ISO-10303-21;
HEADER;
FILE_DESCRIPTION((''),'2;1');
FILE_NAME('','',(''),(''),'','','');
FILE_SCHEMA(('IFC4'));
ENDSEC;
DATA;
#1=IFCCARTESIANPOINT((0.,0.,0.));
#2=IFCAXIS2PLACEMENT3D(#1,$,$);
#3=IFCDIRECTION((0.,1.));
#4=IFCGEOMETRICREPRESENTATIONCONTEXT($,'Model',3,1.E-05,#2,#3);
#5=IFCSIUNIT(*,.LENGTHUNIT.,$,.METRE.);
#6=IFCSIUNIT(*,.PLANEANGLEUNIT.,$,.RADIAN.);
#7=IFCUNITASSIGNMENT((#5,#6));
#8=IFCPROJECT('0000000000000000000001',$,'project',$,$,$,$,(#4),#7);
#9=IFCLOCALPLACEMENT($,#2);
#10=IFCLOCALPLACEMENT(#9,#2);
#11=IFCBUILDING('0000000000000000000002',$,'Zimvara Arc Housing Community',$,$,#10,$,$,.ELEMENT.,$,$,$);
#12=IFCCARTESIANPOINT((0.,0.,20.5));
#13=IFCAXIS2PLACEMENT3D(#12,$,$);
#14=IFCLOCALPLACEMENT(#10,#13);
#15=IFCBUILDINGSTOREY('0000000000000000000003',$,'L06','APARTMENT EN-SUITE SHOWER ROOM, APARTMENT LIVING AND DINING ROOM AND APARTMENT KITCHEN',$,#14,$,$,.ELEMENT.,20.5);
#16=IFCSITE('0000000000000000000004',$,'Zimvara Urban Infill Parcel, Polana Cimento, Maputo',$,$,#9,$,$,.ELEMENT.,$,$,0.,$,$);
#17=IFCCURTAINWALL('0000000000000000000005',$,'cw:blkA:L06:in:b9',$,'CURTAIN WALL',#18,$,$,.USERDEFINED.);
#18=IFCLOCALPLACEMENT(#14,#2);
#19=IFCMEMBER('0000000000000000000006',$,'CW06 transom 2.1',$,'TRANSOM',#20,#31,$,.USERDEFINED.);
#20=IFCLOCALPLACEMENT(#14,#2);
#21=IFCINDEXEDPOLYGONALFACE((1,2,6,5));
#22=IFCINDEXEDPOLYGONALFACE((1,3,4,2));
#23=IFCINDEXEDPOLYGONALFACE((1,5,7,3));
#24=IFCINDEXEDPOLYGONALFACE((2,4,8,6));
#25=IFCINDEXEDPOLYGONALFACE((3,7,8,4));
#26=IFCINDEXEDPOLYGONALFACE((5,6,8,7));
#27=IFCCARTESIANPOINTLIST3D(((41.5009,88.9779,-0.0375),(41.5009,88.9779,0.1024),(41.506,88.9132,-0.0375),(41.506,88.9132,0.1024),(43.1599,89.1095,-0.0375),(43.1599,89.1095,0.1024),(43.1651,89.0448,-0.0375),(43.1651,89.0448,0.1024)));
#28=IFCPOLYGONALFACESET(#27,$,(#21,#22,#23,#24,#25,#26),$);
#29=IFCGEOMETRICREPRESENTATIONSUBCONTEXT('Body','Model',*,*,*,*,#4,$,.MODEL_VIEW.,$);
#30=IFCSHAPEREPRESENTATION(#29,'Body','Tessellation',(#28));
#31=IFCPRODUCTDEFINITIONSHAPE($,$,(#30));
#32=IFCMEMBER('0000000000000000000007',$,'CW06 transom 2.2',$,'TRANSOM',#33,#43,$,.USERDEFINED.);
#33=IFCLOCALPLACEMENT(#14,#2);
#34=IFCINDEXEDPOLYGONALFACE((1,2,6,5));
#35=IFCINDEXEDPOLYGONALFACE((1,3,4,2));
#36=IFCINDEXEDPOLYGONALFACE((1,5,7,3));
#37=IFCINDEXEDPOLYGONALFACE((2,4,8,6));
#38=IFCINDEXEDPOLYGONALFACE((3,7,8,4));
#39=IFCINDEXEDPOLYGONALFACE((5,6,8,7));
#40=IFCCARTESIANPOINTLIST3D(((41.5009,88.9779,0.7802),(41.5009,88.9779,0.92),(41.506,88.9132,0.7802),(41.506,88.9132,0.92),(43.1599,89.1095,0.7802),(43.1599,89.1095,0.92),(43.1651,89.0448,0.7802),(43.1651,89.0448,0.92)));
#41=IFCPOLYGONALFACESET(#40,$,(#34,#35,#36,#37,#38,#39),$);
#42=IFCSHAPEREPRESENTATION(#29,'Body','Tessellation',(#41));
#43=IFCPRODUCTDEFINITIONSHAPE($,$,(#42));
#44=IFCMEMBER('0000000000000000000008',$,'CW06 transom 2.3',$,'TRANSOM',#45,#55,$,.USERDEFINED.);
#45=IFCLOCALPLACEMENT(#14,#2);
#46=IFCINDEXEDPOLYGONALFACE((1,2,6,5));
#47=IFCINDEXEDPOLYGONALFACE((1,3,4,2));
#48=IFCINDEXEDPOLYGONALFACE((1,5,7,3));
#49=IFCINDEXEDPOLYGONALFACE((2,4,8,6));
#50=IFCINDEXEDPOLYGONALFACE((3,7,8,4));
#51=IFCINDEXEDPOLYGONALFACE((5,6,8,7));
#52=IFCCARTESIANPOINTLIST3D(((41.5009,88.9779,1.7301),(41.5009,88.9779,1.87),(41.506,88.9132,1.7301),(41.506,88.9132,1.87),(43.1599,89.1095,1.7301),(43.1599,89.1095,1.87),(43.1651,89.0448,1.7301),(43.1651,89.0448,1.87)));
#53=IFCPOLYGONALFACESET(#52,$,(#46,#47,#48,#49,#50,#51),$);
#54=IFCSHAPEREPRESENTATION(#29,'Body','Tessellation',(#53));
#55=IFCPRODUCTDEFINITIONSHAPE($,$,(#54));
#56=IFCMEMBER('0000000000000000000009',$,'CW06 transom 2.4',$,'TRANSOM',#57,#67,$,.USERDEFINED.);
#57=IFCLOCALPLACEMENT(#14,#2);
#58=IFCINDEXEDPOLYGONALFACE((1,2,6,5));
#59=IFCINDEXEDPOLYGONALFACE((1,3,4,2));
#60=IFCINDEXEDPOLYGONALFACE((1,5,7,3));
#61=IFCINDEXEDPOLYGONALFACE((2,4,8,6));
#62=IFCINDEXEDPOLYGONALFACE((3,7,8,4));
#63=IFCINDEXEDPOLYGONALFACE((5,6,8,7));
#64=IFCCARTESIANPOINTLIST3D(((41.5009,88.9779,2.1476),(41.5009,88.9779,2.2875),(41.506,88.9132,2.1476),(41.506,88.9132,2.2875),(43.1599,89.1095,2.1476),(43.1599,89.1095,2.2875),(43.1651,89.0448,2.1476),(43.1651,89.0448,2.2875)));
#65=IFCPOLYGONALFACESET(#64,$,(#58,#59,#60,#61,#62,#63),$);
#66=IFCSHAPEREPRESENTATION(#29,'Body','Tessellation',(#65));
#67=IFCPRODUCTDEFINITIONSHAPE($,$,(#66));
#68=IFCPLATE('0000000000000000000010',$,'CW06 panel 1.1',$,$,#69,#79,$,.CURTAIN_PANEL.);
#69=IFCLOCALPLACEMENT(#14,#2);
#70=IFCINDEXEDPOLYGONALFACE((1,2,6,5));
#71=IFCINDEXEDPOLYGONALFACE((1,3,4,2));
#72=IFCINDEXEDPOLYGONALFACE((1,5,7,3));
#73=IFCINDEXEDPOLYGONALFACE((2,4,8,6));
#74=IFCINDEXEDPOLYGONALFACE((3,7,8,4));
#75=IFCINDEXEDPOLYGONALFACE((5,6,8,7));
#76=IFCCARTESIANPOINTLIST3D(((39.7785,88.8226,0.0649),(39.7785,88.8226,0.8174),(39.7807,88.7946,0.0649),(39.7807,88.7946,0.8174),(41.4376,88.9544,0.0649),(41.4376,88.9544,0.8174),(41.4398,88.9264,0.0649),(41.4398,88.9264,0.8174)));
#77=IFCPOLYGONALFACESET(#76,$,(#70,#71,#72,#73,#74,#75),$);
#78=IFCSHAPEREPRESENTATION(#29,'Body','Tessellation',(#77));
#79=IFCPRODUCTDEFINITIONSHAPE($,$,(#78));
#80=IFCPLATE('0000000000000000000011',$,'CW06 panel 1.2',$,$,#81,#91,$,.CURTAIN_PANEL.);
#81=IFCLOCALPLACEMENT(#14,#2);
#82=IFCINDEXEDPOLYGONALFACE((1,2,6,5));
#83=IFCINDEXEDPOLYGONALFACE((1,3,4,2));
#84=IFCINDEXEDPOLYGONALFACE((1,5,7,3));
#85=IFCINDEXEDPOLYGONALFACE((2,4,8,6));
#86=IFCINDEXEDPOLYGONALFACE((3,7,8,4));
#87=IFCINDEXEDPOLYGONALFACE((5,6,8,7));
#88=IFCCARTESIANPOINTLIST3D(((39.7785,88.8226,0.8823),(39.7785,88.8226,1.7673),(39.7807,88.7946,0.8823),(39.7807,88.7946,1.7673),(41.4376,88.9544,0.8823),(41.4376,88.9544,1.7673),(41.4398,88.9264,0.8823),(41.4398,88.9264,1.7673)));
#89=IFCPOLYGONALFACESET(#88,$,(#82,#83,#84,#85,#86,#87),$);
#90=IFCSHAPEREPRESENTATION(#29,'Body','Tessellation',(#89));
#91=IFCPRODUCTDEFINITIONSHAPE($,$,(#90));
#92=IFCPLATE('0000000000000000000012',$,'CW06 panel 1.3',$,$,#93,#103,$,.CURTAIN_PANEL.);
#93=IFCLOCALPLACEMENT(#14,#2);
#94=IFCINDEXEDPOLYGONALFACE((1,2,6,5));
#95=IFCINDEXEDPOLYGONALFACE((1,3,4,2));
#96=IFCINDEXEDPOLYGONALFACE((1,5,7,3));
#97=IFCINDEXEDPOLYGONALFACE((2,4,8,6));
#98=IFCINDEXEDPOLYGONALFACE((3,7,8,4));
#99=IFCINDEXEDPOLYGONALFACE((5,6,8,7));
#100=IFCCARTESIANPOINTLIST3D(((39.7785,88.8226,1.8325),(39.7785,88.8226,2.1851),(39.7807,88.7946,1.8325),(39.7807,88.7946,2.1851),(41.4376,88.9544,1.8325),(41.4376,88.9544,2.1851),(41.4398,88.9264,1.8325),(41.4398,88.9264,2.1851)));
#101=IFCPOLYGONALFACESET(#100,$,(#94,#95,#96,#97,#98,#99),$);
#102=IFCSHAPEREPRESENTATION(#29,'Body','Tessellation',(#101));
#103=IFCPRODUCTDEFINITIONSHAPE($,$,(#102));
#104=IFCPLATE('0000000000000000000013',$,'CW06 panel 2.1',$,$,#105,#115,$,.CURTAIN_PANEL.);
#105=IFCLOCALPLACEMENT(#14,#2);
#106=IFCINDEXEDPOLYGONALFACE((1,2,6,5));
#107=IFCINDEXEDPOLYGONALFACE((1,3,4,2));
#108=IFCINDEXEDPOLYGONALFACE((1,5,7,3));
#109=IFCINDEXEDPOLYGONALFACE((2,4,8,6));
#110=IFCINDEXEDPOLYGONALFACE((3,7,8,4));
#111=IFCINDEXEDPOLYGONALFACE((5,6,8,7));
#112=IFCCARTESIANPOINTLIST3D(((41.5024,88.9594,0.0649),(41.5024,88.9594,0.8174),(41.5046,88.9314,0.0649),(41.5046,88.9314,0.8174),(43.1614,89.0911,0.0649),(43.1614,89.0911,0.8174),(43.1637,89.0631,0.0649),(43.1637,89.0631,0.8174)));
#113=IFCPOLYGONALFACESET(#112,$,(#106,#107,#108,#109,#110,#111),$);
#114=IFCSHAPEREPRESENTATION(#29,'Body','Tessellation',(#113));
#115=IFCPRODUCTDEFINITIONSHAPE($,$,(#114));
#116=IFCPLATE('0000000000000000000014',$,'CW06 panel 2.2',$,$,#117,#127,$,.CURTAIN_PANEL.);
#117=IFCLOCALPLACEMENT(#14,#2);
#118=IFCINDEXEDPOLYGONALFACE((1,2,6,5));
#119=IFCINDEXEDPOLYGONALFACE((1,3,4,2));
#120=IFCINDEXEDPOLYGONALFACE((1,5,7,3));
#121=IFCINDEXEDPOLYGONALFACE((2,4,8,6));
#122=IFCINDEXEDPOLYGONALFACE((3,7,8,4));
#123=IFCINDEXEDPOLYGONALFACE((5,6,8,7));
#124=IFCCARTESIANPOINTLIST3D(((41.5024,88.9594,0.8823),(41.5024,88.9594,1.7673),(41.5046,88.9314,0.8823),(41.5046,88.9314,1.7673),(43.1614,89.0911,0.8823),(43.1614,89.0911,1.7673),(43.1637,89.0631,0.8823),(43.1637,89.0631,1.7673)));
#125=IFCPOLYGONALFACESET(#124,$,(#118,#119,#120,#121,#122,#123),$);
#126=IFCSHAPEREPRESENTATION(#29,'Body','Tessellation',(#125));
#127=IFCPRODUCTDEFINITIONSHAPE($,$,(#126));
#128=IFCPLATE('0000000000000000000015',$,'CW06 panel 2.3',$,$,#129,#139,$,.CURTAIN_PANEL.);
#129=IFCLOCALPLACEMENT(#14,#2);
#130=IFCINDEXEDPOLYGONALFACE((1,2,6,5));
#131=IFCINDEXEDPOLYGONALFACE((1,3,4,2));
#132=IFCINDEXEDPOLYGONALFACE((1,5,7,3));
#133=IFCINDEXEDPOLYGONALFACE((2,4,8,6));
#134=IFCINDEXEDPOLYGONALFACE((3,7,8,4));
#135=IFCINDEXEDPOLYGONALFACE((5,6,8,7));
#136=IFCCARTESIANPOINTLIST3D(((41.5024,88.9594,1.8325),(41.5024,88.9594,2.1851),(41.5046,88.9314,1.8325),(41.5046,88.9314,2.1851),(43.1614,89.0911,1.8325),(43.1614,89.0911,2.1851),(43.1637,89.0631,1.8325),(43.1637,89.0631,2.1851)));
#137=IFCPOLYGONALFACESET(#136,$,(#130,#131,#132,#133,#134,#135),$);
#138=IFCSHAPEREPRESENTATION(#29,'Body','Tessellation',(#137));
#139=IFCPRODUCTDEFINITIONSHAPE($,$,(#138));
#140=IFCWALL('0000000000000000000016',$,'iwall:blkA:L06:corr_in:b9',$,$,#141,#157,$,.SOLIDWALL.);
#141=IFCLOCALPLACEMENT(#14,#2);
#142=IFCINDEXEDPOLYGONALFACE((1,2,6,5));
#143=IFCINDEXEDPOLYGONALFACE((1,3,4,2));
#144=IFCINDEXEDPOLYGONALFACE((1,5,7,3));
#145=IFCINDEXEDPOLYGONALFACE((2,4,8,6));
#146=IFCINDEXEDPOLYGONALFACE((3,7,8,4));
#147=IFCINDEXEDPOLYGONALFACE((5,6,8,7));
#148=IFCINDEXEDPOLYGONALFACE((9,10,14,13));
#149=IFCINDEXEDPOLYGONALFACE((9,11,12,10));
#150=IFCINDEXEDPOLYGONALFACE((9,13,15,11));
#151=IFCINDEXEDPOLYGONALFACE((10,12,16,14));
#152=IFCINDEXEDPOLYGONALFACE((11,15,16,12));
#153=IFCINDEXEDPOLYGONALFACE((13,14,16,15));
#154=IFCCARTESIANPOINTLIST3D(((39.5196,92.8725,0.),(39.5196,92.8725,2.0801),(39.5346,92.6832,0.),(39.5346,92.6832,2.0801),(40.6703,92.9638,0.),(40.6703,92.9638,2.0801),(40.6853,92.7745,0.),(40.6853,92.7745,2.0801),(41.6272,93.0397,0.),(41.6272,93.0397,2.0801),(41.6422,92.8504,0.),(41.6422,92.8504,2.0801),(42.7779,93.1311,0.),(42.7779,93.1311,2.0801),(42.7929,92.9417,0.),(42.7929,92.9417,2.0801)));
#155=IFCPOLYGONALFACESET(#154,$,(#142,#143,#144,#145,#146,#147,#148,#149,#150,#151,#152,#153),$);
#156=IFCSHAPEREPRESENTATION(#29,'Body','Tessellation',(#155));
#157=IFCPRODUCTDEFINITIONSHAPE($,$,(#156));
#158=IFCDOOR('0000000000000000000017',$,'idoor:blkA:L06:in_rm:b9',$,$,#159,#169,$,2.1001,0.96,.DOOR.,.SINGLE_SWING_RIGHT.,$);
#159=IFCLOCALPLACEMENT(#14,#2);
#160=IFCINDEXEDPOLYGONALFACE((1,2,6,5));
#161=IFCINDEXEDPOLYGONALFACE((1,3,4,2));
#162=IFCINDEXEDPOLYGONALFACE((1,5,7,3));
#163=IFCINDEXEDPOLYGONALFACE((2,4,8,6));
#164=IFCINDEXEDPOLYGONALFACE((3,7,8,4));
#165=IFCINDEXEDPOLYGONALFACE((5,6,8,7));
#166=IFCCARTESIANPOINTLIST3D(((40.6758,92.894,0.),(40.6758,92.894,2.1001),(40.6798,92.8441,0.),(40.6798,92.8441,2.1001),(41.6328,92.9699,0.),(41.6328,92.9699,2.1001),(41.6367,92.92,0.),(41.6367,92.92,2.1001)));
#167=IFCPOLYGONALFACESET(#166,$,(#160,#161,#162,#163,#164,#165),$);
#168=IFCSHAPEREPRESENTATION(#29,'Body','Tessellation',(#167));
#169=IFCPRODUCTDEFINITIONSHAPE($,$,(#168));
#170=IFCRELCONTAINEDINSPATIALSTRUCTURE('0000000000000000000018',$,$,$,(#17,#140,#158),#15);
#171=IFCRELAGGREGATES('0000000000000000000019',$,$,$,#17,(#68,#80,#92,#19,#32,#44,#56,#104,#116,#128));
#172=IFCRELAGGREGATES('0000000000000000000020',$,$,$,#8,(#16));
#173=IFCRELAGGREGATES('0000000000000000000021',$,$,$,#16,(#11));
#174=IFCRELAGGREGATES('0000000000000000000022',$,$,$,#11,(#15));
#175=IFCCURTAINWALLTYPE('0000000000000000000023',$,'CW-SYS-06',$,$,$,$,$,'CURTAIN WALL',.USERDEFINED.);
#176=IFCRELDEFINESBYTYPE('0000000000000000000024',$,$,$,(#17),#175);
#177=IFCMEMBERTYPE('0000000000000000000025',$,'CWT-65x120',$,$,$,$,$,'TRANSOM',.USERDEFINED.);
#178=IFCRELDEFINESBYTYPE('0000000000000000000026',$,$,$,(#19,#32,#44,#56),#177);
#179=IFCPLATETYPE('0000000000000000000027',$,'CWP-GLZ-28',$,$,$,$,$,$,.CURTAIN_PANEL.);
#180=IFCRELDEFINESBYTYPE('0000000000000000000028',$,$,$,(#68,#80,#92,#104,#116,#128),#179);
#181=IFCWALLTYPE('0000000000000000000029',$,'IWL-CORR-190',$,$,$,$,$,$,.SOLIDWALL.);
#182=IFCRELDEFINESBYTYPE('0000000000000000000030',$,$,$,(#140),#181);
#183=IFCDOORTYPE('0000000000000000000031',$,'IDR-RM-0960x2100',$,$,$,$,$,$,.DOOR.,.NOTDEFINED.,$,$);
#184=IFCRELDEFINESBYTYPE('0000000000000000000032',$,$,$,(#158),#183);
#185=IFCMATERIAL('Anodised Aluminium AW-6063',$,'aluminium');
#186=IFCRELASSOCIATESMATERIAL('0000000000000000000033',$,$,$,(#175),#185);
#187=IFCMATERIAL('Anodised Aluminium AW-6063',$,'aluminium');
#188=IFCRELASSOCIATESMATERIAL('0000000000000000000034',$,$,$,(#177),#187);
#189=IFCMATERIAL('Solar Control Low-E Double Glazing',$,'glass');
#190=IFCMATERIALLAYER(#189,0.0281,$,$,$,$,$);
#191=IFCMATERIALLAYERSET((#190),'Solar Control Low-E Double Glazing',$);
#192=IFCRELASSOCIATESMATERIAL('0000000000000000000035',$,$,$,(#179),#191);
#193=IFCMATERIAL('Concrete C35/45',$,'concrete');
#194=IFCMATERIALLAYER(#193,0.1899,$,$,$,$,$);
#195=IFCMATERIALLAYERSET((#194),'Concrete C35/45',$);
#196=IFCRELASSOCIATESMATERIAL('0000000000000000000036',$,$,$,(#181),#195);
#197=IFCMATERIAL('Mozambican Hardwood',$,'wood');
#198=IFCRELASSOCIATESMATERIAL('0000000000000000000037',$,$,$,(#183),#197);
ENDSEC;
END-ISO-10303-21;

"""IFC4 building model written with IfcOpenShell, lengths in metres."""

from ifc_helpers import new_model, si_unit, direction, frame, frame_2d, origin, origin_2d, place, context, subcontext, project, spatial, rectangle, extrude, material, layer, layer_set, material_profile, profile_set, type_object, element, fill, aggregate, save


model = new_model("IFC4")

# Units and contexts
model_context = context("Model", 3, precision=1e-05, world=origin(), true_north=direction((0.0, 1.0)))
body_context = subcontext(model_context, "Body", "Model", "MODEL_VIEW")
ifc_project = project(units=[si_unit("LENGTHUNIT", "METRE"), si_unit("PLANEANGLEUNIT", "RADIAN")], contexts=[model_context])

# Site, building, storey
site_placement = place(None, origin())
site = spatial("IfcSite", under=ifc_project, at=site_placement, Name="Zimvara Urban Infill Parcel, Polana Cimento, Maputo", CompositionType="ELEMENT", RefElevation=0.0)
building_placement = place(site_placement, origin())
building = spatial("IfcBuilding", under=site, at=building_placement, Name="Zimvara Arc Housing Community", CompositionType="ELEMENT")
storey_placement = place(building_placement, frame((0.0, 0.0, 20.5)))
storey = spatial("IfcBuildingStorey", under=building, at=storey_placement, Name="L06", Description="APARTMENT EN-SUITE SHOWER ROOM, APARTMENT LIVING AND DINING ROOM AND APARTMENT KITCHEN", CompositionType="ELEMENT", Elevation=20.5)

# Curtain wall, members, plates
ifc_material_1 = material(Name="Anodised Aluminium AW-6063", Category="aluminium")
curtain_wall_type = type_object("IfcCurtainWallType", Name="CW-SYS-06", ElementType="CURTAIN WALL", PredefinedType="USERDEFINED", material=ifc_material_1)
curtain_wall_placement = place(storey_placement, origin())
curtain_wall = element("IfcCurtainWall", 1, at=curtain_wall_placement, inside=storey, type_object=curtain_wall_type, Name="cw:blkA:L06:in:b9", ObjectType="CURTAIN WALL", PredefinedType="USERDEFINED")
ifc_material_2 = material(Name="Anodised Aluminium AW-6063", Category="aluminium")
ifc_material_profile_1 = material_profile(ifc_material_2, rectangle(XDim=0.0649, YDim=0.1399, at=origin_2d()), Name="ALU 65x140")
ifc_profile_set_1 = profile_set([ifc_material_profile_1], Name="Anodised Aluminium AW-6063")
member_type_1 = type_object("IfcMemberType", Name="CWT-65x120", ElementType="TRANSOM", PredefinedType="USERDEFINED", material=ifc_profile_set_1)
member_1_placement = place(storey_placement, frame((41.5034, 88.9456, 0.0325), z_axis=(0.99687, 0.079063, 0.0), x_axis=(-0.079063, 0.99687, 0.0)))
member_1 = element("IfcMember", 2, at=member_1_placement, type_object=member_type_1, Name="CW06 transom 2.1", ObjectType="TRANSOM", PredefinedType="USERDEFINED", context=body_context, shape_type="SweptSolid", body=[
    extrude(rectangle(XDim=0.0649, YDim=0.1399, at=origin_2d()), origin(), (0.0, 0.0, 1.0), 1.6643),
])
member_2_placement = place(storey_placement, frame((41.5034, 88.9456, 0.8501), z_axis=(0.99687, 0.079063, 0.0), x_axis=(-0.079063, 0.99687, 0.0)))
member_2 = element("IfcMember", 3, at=member_2_placement, type_object=member_type_1, Name="CW06 transom 2.2", ObjectType="TRANSOM", PredefinedType="USERDEFINED", context=body_context, shape_type="SweptSolid", body=[
    extrude(rectangle(XDim=0.0649, YDim=0.1399, at=origin_2d()), origin(), (0.0, 0.0, 1.0), 1.6643),
])
member_3_placement = place(storey_placement, frame((41.5034, 88.9456, 1.8), z_axis=(0.99687, 0.079063, 0.0), x_axis=(-0.079063, 0.99687, 0.0)))
member_3 = element("IfcMember", 4, at=member_3_placement, type_object=member_type_1, Name="CW06 transom 2.3", ObjectType="TRANSOM", PredefinedType="USERDEFINED", context=body_context, shape_type="SweptSolid", body=[
    extrude(rectangle(XDim=0.0649, YDim=0.1399, at=origin_2d()), origin(), (0.0, 0.0, 1.0), 1.6643),
])
member_4_placement = place(storey_placement, frame((41.5034, 88.9456, 2.2175), z_axis=(0.99687, 0.079063, 0.0), x_axis=(-0.079063, 0.99687, 0.0)))
member_4 = element("IfcMember", 5, at=member_4_placement, type_object=member_type_1, Name="CW06 transom 2.4", ObjectType="TRANSOM", PredefinedType="USERDEFINED", context=body_context, shape_type="SweptSolid", body=[
    extrude(rectangle(XDim=0.0649, YDim=0.1399, at=origin_2d()), origin(), (0.0, 0.0, 1.0), 1.6643),
])
ifc_material_3 = material(Name="Solar Control Low-E Double Glazing", Category="glass")
ifc_layer_1 = layer(ifc_material_3, 0.0281)
ifc_layer_set_1 = layer_set([ifc_layer_1], Name="Solar Control Low-E Double Glazing")
plate_type = type_object("IfcPlateType", Name="CWP-GLZ-28", PredefinedType="CURTAIN_PANEL", material=ifc_layer_set_1)
plate_1_placement = place(storey_placement, frame((40.6091, 88.8745, 0.0649), z_axis=(0.0, 0.0, 1.0), x_axis=(0.996862, 0.079155, 0.0)))
plate_1 = element("IfcPlate", 6, at=plate_1_placement, type_object=plate_type, Name="CW06 panel 1.1", PredefinedType="CURTAIN_PANEL", context=body_context, shape_type="SweptSolid", body=[
    extrude(rectangle(XDim=1.6643, YDim=0.0281, at=origin_2d()), origin(), (0.0, 0.0, 1.0), 0.7524),
])
plate_2_placement = place(storey_placement, frame((40.6091, 88.8745, 0.8823), z_axis=(0.0, 0.0, 1.0), x_axis=(0.996862, 0.079155, 0.0)))
plate_2 = element("IfcPlate", 7, at=plate_2_placement, type_object=plate_type, Name="CW06 panel 1.2", PredefinedType="CURTAIN_PANEL", context=body_context, shape_type="SweptSolid", body=[
    extrude(rectangle(XDim=1.6643, YDim=0.0281, at=origin_2d()), origin(), (0.0, 0.0, 1.0), 0.885),
])
plate_3_placement = place(storey_placement, frame((40.6091, 88.8745, 1.8325), z_axis=(0.0, 0.0, 1.0), x_axis=(0.996862, 0.079155, 0.0)))
plate_3 = element("IfcPlate", 8, at=plate_3_placement, type_object=plate_type, Name="CW06 panel 1.3", PredefinedType="CURTAIN_PANEL", context=body_context, shape_type="SweptSolid", body=[
    extrude(rectangle(XDim=1.6643, YDim=0.0281, at=origin_2d()), origin(), (0.0, 0.0, 1.0), 0.3525),
])
plate_4_placement = place(storey_placement, frame((42.333, 89.0112, 0.0649), z_axis=(0.0, 0.0, 1.0), x_axis=(0.996862, 0.079155, 0.0)))
plate_4 = element("IfcPlate", 9, at=plate_4_placement, type_object=plate_type, Name="CW06 panel 2.1", PredefinedType="CURTAIN_PANEL", context=body_context, shape_type="SweptSolid", body=[
    extrude(rectangle(XDim=1.6643, YDim=0.0281, at=origin_2d()), origin(), (0.0, 0.0, 1.0), 0.7524),
])
plate_5_placement = place(storey_placement, frame((42.333, 89.0112, 0.8823), z_axis=(0.0, 0.0, 1.0), x_axis=(0.996862, 0.079155, 0.0)))
plate_5 = element("IfcPlate", 10, at=plate_5_placement, type_object=plate_type, Name="CW06 panel 2.2", PredefinedType="CURTAIN_PANEL", context=body_context, shape_type="SweptSolid", body=[
    extrude(rectangle(XDim=1.6643, YDim=0.0281, at=origin_2d()), origin(), (0.0, 0.0, 1.0), 0.885),
])
plate_6_placement = place(storey_placement, frame((42.333, 89.0112, 1.8325), z_axis=(0.0, 0.0, 1.0), x_axis=(0.996862, 0.079155, 0.0)))
plate_6 = element("IfcPlate", 11, at=plate_6_placement, type_object=plate_type, Name="CW06 panel 2.3", PredefinedType="CURTAIN_PANEL", context=body_context, shape_type="SweptSolid", body=[
    extrude(rectangle(XDim=1.6643, YDim=0.0281, at=origin_2d()), origin(), (0.0, 0.0, 1.0), 0.3525),
])
aggregate(curtain_wall, [plate_1, plate_2, plate_3, member_1, member_2, member_3, member_4, plate_4, plate_5, plate_6])

# Wall, opening, door
ifc_material_4 = material(Name="Concrete C35/45", Category="concrete")
ifc_layer_2 = layer(ifc_material_4, 0.1899)
ifc_layer_set_2 = layer_set([ifc_layer_2], Name="Concrete C35/45")
wall_type_1 = type_object("IfcWallType", Name="IWL-CORR-190", PredefinedType="SOLIDWALL", material=ifc_layer_set_2)
wall_1_placement = place(storey_placement, frame((39.5271, 92.7778, 0.0), z_axis=(0.0, 0.0, 1.0), x_axis=(0.996867, 0.079101, 0.0)))
wall_1 = element("IfcWall", 12, at=wall_1_placement, inside=storey, type_object=wall_type_1, Name="iwall:blkA:L06:corr_in:b9", PredefinedType="SOLIDWALL", context=body_context, shape_type="SweptSolid", body=[
    extrude(rectangle(XDim=3.2686, YDim=0.1899, at=frame_2d((1.6343, 0.0))), origin(), (0.0, 0.0, 1.0), 2.0801),
])
opening_1_placement = place(wall_1_placement, frame((1.1543, 0.0, 0.0)))
opening_1 = element("IfcOpeningElement", 13, at=opening_1_placement, cuts=wall_1, PredefinedType="OPENING", context=body_context, shape_type="SweptSolid", body=[
    extrude(rectangle(XDim=0.96, YDim=2.1001, at=frame_2d((0.48, 1.05))), frame((0.0, 0.105, 0.0), z_axis=(0.0, -1.0, 0.0), x_axis=(1.0, 0.0, 0.0)), (0.0, 0.0, 1.0), 0.21),
])
ifc_material_5 = material(Name="Mozambican Hardwood", Category="wood")
door_type_1 = type_object("IfcDoorType", Name="IDR-RM-0960x2100", OperationType="NOTDEFINED", PredefinedType="DOOR", material=ifc_material_5)
door_1_placement = place(opening_1_placement, origin())
door_1 = element("IfcDoor", 14, at=door_1_placement, inside=storey, type_object=door_type_1, Name="idoor:blkA:L06:in_rm:b9", OperationType="SINGLE_SWING_RIGHT", OverallHeight=2.1001, OverallWidth=0.96, PredefinedType="DOOR", context=body_context, shape_type="SweptSolid", body=[
    extrude(rectangle(XDim=0.96, YDim=2.1001, at=frame_2d((0.48, 1.05))), frame((0.0, 0.0249, 0.0), z_axis=(0.0, -1.0, 0.0), x_axis=(1.0, 0.0, 0.0)), (0.0, 0.0, 1.0), 0.05),
])
fill(opening_1, door_1)

save(model, "model.ifc")
